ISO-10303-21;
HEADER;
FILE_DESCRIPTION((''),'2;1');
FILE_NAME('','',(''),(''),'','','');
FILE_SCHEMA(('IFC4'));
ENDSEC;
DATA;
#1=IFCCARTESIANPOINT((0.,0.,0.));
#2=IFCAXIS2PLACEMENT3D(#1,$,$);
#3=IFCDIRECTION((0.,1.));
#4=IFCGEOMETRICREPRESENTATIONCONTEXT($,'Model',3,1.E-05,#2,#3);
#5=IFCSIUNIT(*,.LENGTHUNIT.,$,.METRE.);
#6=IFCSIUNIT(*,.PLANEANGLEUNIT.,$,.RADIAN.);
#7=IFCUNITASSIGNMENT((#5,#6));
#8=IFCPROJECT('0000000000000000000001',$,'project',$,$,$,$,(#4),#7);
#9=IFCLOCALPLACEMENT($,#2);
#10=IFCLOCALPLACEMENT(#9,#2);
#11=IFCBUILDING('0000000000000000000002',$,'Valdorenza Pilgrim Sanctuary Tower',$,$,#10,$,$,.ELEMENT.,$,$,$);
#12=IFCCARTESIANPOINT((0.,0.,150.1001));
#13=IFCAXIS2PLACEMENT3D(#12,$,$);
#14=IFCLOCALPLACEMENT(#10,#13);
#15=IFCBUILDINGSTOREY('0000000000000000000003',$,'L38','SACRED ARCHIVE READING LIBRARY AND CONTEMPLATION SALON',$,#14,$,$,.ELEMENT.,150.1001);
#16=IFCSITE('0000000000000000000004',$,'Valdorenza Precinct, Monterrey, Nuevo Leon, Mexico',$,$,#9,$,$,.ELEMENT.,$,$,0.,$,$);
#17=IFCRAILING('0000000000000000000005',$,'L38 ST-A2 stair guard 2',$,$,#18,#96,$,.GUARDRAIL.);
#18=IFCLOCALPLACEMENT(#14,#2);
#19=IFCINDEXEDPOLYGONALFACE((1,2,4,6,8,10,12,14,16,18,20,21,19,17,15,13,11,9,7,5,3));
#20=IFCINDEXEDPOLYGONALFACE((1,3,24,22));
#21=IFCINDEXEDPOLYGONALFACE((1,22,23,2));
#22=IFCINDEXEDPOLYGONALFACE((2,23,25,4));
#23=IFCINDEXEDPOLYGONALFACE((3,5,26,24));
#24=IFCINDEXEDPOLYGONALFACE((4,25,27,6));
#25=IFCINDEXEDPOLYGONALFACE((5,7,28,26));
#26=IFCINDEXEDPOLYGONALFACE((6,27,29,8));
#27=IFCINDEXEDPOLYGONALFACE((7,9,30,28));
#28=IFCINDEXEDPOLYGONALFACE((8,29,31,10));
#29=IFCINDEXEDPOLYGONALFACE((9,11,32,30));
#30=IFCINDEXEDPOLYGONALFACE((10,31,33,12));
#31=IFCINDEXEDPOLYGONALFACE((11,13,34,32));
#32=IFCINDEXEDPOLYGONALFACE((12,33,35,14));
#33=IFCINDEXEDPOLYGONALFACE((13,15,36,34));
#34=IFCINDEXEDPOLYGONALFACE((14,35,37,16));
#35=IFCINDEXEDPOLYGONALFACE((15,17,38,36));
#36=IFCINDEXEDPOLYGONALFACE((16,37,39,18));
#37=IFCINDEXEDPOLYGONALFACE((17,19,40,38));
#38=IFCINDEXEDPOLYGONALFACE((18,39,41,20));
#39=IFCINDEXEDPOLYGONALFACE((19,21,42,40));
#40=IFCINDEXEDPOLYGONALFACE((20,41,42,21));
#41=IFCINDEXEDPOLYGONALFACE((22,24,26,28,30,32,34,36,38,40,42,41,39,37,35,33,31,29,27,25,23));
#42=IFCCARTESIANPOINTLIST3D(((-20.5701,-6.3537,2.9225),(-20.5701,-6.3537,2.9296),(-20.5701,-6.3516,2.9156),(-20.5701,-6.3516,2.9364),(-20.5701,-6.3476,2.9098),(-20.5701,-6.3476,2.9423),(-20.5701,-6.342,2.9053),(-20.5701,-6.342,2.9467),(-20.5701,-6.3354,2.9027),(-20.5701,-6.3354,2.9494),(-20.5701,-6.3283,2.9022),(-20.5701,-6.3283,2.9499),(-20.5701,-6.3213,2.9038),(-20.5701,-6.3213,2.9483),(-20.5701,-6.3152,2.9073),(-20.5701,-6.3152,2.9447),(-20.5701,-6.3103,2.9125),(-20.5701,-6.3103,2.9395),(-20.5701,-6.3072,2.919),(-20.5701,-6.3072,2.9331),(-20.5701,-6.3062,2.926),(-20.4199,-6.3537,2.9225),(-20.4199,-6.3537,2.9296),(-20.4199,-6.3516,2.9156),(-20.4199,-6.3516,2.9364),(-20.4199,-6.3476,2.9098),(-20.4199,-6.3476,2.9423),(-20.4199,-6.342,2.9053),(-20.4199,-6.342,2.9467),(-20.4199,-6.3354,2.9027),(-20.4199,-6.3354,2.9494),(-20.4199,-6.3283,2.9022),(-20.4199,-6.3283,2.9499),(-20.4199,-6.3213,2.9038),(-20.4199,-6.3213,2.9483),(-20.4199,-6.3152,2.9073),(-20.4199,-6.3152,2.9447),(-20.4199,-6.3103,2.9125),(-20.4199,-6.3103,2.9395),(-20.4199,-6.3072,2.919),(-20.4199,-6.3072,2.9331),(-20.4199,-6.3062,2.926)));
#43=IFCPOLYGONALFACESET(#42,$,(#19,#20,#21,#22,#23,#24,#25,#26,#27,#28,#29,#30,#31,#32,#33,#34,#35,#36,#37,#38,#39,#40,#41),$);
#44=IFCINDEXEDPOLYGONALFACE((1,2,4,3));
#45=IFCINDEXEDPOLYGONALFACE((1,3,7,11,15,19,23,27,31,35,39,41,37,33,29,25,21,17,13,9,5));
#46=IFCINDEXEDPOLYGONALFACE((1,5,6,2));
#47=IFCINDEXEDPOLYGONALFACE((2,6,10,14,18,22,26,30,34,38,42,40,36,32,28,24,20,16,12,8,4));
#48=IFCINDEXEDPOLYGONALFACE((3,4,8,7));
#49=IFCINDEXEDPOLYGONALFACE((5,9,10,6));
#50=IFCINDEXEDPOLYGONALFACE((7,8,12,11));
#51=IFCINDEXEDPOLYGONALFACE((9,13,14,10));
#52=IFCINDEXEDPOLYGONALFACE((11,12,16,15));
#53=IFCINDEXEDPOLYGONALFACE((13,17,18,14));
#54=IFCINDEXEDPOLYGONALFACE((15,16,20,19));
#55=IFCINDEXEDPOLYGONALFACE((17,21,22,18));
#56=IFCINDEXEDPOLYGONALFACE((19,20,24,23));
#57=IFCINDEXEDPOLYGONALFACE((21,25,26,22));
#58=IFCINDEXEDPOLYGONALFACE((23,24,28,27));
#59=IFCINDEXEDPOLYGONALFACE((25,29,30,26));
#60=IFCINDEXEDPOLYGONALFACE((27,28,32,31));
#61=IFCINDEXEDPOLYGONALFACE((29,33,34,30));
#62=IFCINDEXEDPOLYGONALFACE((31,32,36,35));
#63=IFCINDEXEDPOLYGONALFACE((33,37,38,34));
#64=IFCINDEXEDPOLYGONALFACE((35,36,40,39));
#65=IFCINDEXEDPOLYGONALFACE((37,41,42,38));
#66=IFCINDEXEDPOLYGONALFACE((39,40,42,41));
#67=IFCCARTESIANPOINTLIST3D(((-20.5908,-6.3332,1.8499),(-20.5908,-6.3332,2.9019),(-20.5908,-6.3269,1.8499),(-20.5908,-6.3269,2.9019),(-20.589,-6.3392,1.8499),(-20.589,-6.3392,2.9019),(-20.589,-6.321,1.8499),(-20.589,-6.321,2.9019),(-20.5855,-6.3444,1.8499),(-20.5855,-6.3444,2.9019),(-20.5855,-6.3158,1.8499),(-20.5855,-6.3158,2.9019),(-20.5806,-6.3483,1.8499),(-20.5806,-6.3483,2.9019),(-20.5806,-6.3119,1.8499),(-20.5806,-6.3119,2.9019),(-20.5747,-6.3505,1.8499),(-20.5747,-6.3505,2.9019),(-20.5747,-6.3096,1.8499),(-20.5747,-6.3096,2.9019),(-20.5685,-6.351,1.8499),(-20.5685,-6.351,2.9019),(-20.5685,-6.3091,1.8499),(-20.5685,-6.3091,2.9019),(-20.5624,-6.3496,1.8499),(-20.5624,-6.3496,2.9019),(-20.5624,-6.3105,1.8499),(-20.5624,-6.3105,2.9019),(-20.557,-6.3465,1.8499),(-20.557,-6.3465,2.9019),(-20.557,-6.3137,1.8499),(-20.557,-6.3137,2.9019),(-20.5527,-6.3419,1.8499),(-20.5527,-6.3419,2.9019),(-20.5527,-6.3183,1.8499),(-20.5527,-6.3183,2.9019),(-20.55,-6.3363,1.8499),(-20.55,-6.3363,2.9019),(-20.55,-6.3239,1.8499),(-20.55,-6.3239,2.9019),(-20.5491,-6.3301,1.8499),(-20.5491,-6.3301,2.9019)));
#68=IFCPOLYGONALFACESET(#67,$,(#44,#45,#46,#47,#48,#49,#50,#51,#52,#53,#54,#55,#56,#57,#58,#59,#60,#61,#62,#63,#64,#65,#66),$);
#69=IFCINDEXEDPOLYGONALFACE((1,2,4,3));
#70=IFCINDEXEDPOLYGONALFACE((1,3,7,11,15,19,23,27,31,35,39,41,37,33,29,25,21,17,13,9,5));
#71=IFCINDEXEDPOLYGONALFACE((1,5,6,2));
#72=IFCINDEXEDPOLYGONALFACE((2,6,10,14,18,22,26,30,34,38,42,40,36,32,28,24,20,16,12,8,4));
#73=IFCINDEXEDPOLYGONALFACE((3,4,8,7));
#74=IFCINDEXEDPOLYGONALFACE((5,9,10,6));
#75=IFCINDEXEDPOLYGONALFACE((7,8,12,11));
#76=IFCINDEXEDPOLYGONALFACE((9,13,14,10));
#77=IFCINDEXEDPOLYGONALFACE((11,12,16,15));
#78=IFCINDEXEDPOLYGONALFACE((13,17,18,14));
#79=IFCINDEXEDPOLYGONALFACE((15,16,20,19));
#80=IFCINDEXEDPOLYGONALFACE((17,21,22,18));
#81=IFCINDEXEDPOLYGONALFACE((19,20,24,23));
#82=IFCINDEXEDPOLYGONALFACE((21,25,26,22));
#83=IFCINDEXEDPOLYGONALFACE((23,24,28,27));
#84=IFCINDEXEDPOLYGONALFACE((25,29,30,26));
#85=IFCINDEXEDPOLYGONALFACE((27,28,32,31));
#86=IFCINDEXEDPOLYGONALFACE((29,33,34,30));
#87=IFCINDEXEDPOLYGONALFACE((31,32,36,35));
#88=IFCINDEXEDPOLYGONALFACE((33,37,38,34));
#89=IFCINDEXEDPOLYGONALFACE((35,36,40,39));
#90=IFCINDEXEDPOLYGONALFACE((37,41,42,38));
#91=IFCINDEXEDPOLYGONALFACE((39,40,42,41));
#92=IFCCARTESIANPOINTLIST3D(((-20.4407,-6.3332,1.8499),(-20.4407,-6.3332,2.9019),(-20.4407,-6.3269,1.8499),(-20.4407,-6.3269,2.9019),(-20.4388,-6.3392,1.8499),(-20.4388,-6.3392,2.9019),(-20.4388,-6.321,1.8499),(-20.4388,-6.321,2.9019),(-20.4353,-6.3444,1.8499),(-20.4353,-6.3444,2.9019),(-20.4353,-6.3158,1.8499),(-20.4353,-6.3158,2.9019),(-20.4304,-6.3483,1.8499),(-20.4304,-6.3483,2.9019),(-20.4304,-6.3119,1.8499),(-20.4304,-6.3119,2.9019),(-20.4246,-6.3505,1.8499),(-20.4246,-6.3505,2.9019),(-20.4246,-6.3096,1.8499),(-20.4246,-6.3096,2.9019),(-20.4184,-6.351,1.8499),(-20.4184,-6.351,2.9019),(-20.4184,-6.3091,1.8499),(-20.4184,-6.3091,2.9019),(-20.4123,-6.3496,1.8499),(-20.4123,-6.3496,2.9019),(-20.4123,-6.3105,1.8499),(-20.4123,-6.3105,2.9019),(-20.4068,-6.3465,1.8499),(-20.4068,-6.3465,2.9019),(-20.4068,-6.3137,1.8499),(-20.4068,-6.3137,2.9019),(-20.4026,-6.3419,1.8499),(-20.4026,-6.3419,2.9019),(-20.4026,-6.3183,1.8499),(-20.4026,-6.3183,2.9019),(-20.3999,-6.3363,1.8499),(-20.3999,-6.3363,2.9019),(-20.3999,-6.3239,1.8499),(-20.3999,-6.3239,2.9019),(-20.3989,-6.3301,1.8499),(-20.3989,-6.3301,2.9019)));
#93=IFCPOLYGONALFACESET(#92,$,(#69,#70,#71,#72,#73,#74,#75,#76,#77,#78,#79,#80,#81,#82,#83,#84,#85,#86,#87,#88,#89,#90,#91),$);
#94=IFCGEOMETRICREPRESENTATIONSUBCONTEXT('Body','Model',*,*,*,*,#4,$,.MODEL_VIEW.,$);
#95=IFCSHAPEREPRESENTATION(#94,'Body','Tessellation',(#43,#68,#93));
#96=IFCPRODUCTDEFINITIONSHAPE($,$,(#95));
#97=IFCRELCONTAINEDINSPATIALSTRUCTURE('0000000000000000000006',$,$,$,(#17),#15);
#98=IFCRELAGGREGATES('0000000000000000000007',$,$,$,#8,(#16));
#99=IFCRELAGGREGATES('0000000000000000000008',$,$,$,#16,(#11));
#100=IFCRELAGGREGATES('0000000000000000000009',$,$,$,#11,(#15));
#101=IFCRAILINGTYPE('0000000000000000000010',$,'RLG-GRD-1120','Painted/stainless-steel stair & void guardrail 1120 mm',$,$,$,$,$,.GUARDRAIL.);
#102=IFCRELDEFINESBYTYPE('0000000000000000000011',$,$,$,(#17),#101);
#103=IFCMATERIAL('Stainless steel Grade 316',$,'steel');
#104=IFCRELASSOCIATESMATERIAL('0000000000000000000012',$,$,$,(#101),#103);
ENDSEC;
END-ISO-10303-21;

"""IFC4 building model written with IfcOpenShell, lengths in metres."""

from ifc_helpers import new_model, si_unit, direction, frame, origin, origin_2d, place, context, subcontext, project, spatial, circle, extrude, material, type_object, element, save


model = new_model("IFC4")

# Units and contexts
model_context = context("Model", 3, precision=1e-05, world=origin(), true_north=direction((0.0, 1.0)))
body_context = subcontext(model_context, "Body", "Model", "MODEL_VIEW")
ifc_project = project(units=[si_unit("LENGTHUNIT", "METRE"), si_unit("PLANEANGLEUNIT", "RADIAN")], contexts=[model_context])

# Site, building, storey
site_placement = place(None, origin())
site = spatial("IfcSite", under=ifc_project, at=site_placement, Name="Valdorenza Precinct, Monterrey, Nuevo Leon, Mexico", CompositionType="ELEMENT", RefElevation=0.0)
building_placement = place(site_placement, origin())
building = spatial("IfcBuilding", under=site, at=building_placement, Name="Valdorenza Pilgrim Sanctuary Tower", CompositionType="ELEMENT")
storey_placement = place(building_placement, frame((0.0, 0.0, 150.1001)))
storey = spatial("IfcBuildingStorey", under=building, at=storey_placement, Name="L38", Description="SACRED ARCHIVE READING LIBRARY AND CONTEMPLATION SALON", CompositionType="ELEMENT", Elevation=150.1001)

# Railing
ifc_material_1 = material(Name="Stainless steel Grade 316", Category="steel")
railing_type_1 = type_object("IfcRailingType", Name="RLG-GRD-1120", Description="Painted/stainless-steel stair & void guardrail 1120 mm", PredefinedType="GUARDRAIL", material=ifc_material_1)
railing_1_placement = place(storey_placement, frame((-20.5701, -6.3301, 1.8499)))
element("IfcRailing", 1, at=railing_1_placement, inside=storey, type_object=railing_type_1, Name="L38 ST-A2 stair guard 2", PredefinedType="GUARDRAIL", context=body_context, shape_type="SweptSolid", body=[
    extrude(circle(Radius=0.0239, at=origin_2d()), frame((0.0, 0.0, 1.0762), z_axis=(1.0, 0.0, 0.0), x_axis=(0.0, 1.0, 0.0)), (0.0, 0.0, 1.0), 0.1501),
    extrude(circle(Radius=0.021, at=origin_2d()), origin(), (0.0, 0.0, 1.0), 1.052),
    extrude(circle(Radius=0.021, at=origin_2d()), frame((0.1501, 0.0, 0.0)), (0.0, 0.0, 1.0), 1.052),
])

save(model, "model.ifc")
